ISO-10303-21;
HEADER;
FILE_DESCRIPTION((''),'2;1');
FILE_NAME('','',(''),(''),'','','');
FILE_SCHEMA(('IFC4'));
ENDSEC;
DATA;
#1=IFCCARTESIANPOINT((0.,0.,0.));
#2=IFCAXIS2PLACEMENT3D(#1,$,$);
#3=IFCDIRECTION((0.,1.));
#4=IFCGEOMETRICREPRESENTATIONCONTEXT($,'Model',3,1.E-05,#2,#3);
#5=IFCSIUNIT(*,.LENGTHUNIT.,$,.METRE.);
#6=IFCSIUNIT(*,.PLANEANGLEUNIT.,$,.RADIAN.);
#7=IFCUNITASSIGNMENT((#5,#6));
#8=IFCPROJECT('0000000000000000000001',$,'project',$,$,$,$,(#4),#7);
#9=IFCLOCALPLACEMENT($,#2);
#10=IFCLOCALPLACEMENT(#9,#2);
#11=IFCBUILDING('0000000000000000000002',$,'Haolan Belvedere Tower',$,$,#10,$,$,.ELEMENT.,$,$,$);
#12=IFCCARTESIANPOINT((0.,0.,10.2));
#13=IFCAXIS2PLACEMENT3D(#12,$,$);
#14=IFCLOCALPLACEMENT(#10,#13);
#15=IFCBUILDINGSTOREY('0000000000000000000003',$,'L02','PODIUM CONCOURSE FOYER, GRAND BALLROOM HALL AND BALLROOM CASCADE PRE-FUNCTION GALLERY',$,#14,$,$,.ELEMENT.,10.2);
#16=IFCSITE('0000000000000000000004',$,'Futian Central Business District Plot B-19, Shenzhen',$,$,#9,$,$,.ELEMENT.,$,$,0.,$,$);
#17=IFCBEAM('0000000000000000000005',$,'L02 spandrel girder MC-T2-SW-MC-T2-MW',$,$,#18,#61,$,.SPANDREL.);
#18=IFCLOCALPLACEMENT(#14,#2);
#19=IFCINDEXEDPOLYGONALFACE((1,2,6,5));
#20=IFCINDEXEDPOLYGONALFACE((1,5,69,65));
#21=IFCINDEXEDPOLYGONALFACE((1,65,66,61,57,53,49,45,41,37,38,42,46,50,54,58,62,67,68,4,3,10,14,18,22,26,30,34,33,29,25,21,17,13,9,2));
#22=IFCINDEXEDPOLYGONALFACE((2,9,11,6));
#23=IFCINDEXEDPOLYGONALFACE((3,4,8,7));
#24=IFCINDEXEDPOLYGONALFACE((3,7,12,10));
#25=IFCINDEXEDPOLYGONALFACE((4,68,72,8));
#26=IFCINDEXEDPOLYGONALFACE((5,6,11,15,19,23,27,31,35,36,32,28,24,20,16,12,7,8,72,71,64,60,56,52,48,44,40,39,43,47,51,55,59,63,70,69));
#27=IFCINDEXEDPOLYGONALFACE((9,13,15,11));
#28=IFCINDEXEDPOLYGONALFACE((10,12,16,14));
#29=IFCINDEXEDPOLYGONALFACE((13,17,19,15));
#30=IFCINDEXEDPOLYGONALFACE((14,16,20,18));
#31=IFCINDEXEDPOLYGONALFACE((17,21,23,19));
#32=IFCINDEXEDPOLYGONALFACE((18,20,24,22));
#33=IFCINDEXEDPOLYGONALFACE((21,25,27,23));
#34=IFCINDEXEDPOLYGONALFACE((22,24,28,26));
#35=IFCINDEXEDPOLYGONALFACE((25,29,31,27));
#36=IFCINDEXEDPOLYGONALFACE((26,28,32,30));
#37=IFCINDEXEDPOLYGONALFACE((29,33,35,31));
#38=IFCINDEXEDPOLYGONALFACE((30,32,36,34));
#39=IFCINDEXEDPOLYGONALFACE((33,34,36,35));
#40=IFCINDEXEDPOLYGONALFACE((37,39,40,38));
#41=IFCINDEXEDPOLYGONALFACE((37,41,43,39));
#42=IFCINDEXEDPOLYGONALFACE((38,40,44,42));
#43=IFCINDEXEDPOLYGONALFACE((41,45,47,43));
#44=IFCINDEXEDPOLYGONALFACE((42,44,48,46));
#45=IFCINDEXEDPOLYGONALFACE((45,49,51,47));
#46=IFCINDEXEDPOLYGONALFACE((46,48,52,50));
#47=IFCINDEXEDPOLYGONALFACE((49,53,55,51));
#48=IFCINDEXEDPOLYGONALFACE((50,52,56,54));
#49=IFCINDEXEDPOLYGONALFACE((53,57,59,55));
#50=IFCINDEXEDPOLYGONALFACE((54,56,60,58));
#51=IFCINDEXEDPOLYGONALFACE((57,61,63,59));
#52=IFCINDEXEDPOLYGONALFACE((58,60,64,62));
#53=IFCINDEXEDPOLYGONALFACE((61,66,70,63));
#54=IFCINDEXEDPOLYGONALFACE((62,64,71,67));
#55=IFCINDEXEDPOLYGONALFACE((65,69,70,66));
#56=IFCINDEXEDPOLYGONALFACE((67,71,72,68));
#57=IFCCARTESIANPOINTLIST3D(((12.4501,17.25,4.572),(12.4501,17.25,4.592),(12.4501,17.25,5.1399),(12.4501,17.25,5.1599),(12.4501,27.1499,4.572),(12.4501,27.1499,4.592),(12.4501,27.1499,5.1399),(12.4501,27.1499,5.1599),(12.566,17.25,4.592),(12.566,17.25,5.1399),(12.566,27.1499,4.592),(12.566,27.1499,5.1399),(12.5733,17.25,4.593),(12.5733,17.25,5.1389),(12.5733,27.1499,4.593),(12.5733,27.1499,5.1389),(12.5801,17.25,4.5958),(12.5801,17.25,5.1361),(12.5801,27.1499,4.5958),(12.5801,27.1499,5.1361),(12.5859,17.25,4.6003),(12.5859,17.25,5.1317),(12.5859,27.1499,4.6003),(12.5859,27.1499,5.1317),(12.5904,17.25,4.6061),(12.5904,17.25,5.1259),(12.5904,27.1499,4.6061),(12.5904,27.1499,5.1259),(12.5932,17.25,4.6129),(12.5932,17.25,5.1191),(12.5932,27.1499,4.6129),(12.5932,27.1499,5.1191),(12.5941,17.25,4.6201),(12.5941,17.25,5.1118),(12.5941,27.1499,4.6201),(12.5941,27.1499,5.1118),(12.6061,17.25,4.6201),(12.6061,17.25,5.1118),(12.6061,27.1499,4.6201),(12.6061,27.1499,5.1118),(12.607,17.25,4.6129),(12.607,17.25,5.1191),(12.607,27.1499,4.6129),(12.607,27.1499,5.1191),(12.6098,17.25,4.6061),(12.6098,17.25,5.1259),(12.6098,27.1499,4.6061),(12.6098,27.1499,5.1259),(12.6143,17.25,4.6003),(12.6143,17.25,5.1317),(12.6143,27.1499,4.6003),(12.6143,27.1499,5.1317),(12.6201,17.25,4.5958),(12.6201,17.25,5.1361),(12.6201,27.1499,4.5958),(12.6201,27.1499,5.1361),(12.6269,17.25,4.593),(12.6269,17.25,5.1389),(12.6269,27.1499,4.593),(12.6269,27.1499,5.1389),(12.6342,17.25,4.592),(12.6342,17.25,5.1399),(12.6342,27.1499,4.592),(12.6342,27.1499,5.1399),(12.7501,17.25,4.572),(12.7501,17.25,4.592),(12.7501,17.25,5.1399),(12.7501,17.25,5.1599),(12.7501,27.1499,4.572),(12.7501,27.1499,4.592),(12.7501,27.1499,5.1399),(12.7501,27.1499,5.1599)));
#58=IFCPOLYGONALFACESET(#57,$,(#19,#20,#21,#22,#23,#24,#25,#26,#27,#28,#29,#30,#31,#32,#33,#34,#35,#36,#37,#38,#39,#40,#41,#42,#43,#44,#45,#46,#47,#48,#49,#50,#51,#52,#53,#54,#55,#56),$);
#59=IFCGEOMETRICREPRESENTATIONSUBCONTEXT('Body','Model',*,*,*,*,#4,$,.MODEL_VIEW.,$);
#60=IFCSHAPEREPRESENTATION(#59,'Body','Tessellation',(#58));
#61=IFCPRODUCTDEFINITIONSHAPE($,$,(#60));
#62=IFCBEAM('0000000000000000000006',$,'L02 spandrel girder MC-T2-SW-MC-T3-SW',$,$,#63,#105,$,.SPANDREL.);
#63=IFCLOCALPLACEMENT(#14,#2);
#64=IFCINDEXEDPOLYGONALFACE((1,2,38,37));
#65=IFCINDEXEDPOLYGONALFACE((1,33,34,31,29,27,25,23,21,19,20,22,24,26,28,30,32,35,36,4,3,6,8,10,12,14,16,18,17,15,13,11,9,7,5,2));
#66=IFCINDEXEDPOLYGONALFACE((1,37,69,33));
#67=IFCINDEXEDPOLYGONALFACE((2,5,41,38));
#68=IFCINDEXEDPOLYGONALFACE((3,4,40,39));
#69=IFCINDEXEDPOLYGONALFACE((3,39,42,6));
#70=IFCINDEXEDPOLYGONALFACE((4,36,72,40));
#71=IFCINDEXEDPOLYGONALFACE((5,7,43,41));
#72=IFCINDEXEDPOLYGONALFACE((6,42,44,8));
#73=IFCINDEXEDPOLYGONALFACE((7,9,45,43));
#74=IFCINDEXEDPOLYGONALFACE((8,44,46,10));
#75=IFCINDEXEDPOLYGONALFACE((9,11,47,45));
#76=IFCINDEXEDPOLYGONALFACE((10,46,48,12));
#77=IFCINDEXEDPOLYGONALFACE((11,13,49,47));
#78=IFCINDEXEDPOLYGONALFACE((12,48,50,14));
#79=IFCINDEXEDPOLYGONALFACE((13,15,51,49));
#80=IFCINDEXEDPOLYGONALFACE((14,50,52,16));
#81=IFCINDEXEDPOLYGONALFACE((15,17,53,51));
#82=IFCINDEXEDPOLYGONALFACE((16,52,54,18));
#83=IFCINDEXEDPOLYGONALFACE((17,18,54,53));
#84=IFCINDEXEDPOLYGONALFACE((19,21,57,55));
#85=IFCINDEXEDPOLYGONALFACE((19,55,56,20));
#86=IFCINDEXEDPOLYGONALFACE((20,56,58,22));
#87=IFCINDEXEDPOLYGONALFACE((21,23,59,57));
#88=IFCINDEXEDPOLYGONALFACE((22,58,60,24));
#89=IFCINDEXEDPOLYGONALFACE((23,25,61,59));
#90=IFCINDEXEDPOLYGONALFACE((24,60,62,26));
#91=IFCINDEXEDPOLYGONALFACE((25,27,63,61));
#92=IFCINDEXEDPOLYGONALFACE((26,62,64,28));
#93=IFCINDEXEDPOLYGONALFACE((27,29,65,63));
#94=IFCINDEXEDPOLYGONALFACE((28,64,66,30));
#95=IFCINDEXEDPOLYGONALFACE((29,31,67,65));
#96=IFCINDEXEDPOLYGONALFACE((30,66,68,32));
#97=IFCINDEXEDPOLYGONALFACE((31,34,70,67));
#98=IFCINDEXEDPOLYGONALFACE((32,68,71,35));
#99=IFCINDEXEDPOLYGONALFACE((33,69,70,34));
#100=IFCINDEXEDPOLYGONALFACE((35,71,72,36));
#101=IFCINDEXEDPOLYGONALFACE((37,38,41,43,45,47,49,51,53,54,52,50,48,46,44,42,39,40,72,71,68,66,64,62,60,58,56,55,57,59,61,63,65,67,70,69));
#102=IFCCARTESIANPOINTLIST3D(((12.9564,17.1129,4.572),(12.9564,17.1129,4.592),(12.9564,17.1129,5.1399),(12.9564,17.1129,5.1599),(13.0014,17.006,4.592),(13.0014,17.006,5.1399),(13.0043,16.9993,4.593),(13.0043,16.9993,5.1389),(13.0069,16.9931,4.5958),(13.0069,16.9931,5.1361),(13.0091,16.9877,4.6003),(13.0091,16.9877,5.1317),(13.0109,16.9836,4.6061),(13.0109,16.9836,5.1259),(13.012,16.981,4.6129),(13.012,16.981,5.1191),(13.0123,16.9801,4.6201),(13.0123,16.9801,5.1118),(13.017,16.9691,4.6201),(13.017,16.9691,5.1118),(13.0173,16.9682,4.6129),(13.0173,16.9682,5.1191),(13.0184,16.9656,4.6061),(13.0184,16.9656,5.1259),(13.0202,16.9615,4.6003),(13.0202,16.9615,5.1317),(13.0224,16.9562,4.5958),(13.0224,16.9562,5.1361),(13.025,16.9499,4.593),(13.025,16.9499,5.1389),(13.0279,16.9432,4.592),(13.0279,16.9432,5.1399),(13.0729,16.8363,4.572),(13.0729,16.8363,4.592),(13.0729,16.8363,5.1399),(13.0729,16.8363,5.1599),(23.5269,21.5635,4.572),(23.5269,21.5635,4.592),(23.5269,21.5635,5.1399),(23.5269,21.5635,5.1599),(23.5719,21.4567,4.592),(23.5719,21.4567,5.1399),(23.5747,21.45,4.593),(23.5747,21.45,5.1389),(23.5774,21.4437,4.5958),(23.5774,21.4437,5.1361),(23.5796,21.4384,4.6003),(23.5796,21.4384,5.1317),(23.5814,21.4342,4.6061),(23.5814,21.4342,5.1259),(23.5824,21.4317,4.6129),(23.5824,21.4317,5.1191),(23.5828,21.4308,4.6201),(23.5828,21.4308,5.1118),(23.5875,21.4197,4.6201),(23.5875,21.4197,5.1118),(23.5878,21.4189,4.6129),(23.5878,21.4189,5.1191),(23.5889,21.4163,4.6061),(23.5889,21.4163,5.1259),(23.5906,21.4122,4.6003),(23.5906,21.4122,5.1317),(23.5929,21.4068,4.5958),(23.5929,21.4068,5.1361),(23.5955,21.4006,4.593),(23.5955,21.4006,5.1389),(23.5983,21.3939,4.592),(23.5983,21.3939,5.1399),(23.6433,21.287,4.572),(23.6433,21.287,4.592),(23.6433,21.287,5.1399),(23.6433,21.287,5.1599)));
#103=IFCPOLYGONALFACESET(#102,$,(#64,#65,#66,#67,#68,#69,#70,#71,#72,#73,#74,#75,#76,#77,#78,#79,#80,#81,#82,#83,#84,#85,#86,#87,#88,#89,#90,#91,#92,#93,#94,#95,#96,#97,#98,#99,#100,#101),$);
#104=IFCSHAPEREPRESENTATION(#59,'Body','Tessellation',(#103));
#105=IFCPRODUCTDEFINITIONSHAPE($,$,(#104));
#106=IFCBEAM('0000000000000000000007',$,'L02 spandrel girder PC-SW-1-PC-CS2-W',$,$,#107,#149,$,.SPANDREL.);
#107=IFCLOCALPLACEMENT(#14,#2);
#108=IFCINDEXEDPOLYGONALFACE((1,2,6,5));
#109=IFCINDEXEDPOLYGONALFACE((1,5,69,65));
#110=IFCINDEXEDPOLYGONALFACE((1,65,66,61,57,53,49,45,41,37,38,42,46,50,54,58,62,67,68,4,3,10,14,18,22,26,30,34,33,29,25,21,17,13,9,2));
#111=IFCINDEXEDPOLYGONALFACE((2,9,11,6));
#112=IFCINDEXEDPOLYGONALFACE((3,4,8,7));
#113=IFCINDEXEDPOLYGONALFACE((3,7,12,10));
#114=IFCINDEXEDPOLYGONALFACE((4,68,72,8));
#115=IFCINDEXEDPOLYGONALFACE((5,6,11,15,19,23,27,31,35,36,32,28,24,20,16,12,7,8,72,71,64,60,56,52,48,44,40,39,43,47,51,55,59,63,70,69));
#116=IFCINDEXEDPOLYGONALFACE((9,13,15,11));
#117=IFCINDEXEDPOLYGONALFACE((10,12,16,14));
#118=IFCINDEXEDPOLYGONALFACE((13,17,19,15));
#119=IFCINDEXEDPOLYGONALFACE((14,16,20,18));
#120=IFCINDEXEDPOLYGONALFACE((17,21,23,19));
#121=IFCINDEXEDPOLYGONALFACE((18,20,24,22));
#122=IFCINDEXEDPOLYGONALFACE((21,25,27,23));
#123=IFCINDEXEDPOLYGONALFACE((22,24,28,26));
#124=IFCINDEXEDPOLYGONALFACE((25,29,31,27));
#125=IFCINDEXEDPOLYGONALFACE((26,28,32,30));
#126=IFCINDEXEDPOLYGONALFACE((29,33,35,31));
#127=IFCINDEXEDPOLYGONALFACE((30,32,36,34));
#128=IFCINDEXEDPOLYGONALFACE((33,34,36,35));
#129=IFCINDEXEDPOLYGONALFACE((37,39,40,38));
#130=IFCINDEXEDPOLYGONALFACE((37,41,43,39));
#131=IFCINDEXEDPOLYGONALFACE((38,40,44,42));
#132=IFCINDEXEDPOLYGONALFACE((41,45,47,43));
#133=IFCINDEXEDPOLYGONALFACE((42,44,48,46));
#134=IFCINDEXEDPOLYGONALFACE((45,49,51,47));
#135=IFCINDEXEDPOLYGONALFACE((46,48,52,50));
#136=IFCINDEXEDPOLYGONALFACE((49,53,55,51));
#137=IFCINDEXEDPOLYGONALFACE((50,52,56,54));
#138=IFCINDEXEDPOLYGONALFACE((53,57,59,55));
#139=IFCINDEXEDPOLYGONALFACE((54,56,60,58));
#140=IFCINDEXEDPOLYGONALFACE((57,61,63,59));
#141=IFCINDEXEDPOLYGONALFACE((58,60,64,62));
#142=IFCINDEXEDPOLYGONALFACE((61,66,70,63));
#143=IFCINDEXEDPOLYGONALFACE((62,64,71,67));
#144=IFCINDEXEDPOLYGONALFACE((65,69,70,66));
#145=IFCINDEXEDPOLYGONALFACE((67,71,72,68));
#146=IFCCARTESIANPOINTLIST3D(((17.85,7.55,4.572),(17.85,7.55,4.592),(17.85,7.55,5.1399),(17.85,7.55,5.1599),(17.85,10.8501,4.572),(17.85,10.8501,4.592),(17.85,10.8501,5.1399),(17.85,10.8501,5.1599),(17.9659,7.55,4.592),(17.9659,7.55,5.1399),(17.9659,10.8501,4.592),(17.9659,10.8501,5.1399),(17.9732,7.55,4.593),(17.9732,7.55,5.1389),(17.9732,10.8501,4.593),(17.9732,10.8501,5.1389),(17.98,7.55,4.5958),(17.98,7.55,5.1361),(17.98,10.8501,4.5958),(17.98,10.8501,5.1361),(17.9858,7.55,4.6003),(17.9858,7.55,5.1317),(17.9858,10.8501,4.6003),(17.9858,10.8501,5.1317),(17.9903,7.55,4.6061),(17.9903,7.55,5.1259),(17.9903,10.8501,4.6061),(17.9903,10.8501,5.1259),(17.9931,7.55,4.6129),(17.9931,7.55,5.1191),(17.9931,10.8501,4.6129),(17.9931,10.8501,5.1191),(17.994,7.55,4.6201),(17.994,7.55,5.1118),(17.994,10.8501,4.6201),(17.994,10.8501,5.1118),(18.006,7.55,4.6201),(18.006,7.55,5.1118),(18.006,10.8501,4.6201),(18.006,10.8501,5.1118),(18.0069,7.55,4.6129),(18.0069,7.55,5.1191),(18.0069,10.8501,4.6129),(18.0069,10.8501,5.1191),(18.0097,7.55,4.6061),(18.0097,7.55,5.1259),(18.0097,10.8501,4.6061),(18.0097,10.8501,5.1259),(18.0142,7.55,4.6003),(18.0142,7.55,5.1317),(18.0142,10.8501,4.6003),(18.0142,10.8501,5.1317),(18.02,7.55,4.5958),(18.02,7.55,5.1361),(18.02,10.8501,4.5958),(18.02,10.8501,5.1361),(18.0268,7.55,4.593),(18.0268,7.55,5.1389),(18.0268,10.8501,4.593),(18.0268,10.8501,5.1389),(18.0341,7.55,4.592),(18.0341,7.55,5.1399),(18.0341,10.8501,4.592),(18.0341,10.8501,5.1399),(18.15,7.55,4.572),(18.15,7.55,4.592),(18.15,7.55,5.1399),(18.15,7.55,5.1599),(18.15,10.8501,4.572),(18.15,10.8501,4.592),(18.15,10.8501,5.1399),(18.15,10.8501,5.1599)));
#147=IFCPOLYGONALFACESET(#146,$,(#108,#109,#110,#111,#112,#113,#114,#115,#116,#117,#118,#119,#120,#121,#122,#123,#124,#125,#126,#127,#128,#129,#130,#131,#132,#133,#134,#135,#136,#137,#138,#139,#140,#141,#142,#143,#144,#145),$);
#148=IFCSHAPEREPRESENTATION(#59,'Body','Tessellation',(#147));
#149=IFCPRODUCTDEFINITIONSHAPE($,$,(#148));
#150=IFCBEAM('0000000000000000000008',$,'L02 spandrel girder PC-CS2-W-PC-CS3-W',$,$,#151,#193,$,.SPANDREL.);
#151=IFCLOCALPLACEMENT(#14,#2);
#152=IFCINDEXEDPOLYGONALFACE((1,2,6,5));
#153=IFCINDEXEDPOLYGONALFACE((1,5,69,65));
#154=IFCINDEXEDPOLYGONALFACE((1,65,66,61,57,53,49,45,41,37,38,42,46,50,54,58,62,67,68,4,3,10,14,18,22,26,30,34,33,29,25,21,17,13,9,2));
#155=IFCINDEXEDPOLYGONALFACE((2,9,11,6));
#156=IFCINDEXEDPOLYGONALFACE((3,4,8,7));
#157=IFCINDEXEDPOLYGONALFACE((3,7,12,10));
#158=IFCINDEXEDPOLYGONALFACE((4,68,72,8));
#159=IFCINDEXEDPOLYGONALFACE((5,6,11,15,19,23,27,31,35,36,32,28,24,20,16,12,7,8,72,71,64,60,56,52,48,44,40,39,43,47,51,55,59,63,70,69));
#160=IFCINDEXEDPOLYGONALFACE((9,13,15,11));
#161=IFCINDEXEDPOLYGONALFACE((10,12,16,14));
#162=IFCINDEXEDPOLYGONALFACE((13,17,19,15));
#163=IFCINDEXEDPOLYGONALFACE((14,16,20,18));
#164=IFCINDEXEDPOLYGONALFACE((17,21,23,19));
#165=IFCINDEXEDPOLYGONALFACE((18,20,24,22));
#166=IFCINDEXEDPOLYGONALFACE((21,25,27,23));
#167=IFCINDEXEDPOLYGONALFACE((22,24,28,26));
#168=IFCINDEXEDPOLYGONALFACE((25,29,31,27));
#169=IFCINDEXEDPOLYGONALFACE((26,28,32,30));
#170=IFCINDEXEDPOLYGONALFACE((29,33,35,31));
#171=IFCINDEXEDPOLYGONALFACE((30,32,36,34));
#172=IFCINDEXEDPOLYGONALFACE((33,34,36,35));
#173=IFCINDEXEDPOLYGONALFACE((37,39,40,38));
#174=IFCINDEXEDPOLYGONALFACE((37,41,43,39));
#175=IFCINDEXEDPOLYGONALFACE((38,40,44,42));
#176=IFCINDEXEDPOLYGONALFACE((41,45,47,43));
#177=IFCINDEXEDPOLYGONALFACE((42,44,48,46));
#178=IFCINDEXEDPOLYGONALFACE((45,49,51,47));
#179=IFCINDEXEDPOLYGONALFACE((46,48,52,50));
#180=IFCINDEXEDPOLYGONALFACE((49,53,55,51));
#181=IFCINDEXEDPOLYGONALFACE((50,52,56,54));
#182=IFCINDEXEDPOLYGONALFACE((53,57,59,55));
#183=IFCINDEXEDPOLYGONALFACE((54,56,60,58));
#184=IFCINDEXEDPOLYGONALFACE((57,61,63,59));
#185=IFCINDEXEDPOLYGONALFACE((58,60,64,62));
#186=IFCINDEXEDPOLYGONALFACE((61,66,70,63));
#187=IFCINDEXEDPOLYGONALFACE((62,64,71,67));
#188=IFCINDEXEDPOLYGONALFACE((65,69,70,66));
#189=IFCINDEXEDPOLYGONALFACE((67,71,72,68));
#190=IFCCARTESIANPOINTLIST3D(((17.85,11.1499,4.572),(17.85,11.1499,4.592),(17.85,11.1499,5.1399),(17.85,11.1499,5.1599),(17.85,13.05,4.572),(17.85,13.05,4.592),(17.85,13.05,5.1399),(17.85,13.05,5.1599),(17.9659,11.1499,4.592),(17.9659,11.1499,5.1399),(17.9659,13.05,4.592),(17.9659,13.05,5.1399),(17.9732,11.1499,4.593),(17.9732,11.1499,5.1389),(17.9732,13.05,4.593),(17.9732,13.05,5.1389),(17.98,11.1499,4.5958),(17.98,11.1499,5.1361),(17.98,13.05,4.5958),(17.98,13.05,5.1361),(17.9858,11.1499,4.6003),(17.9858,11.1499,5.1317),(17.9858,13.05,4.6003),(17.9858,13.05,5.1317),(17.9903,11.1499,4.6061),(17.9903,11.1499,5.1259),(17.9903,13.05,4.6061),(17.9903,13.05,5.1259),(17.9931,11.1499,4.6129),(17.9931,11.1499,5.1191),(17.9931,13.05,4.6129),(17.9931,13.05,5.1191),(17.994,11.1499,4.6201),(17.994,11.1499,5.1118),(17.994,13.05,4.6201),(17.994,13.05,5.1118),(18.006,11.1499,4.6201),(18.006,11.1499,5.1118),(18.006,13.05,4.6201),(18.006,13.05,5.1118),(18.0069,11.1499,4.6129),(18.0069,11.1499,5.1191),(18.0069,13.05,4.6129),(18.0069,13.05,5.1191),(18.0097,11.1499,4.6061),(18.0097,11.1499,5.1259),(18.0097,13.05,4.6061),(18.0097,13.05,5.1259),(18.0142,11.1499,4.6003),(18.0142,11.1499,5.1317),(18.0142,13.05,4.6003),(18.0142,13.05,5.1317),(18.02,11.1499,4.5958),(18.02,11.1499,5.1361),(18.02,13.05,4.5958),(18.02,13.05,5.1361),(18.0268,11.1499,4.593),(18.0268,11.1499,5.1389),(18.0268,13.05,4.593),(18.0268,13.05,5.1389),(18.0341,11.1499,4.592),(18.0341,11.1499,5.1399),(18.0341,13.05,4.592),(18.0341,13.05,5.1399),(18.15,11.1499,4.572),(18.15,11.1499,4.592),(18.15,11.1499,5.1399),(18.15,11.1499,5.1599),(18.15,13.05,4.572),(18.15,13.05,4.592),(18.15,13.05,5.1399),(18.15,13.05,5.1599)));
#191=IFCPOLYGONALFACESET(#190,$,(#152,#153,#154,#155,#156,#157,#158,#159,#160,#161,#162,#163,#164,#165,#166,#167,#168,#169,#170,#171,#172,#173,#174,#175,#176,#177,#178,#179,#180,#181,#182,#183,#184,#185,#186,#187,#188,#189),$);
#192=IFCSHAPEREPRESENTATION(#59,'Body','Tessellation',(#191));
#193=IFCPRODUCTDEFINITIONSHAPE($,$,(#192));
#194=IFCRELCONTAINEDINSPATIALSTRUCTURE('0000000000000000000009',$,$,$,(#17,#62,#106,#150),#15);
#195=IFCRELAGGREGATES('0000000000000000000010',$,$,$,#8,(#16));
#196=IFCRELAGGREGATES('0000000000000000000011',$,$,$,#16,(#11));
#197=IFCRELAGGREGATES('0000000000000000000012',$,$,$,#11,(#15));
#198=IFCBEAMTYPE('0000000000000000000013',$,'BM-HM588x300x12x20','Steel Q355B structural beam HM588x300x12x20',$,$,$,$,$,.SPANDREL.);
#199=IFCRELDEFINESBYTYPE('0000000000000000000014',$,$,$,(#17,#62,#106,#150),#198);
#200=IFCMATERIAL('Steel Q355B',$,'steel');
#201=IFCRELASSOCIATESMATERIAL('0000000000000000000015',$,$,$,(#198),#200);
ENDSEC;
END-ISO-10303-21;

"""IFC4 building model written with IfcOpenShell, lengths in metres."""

from ifc_helpers import new_model, si_unit, direction, frame, origin, origin_2d, place, context, subcontext, project, spatial, i_section, extrude, material, material_profile, profile_set, type_object, element, save


model = new_model("IFC4")

# Units and contexts
model_context = context("Model", 3, precision=1e-05, world=origin(), true_north=direction((0.0, 1.0)))
body_context = subcontext(model_context, "Body", "Model", "MODEL_VIEW")
ifc_project = project(units=[si_unit("LENGTHUNIT", "METRE"), si_unit("PLANEANGLEUNIT", "RADIAN")], contexts=[model_context])

# Site, building, storey
site_placement = place(None, origin())
site = spatial("IfcSite", under=ifc_project, at=site_placement, Name="Futian Central Business District Plot B-19, Shenzhen", CompositionType="ELEMENT", RefElevation=0.0)
building_placement = place(site_placement, origin())
building = spatial("IfcBuilding", under=site, at=building_placement, Name="Haolan Belvedere Tower", CompositionType="ELEMENT")
storey_placement = place(building_placement, frame((0.0, 0.0, 10.2)))
storey = spatial("IfcBuildingStorey", under=building, at=storey_placement, Name="L02", Description="PODIUM CONCOURSE FOYER, GRAND BALLROOM HALL AND BALLROOM CASCADE PRE-FUNCTION GALLERY", CompositionType="ELEMENT", Elevation=10.2)

# Shared definitions
ifc_material_1 = material(Name="Steel Q355B", Category="steel")

# Beams
ifc_material_profile_1 = material_profile(ifc_material_1, i_section(OverallWidth=0.3, OverallDepth=0.5879, WebThickness=0.012, FlangeThickness=0.02, FilletRadius=0.0281, at=origin_2d()), Name="Steel Q355B")
ifc_profile_set_1 = profile_set([ifc_material_profile_1], Name="Steel Q355B")
beam_type = type_object("IfcBeamType", Name="BM-HM588x300x12x20", Description="Steel Q355B structural beam HM588x300x12x20", PredefinedType="SPANDREL", material=ifc_profile_set_1)
beam_1_placement = place(storey_placement, frame((12.6001, 17.25, 4.866), z_axis=(0.0, 1.0, 0.0), x_axis=(-1.0, 0.0, 0.0)))
element("IfcBeam", 1, at=beam_1_placement, inside=storey, type_object=beam_type, Name="L02 spandrel girder MC-T2-SW-MC-T2-MW", PredefinedType="SPANDREL", context=body_context, shape_type="SweptSolid", body=[
    extrude(i_section(OverallWidth=0.3, OverallDepth=0.5879, WebThickness=0.012, FlangeThickness=0.02, FilletRadius=0.0281, at=origin_2d()), origin(), (0.0, 0.0, 1.0), 9.8999),
])
beam_2_placement = place(storey_placement, frame((13.0146, 16.9746, 4.866), z_axis=(0.921638, 0.388051, 0.0), x_axis=(-0.388051, 0.921638, 0.0)))
element("IfcBeam", 2, at=beam_2_placement, inside=storey, type_object=beam_type, Name="L02 spandrel girder MC-T2-SW-MC-T3-SW", PredefinedType="SPANDREL", context=body_context, shape_type="SweptSolid", body=[
    extrude(i_section(OverallWidth=0.3, OverallDepth=0.5879, WebThickness=0.012, FlangeThickness=0.02, FilletRadius=0.0281, at=origin_2d()), origin(), (0.0, 0.0, 1.0), 11.4692),
])
beam_3_placement = place(storey_placement, frame((18.0, 7.55, 4.866), z_axis=(0.0, 1.0, 0.0), x_axis=(-1.0, 0.0, 0.0)))
element("IfcBeam", 3, at=beam_3_placement, inside=storey, type_object=beam_type, Name="L02 spandrel girder PC-SW-1-PC-CS2-W", PredefinedType="SPANDREL", context=body_context, shape_type="SweptSolid", body=[
    extrude(i_section(OverallWidth=0.3, OverallDepth=0.5879, WebThickness=0.012, FlangeThickness=0.02, FilletRadius=0.0281, at=origin_2d()), origin(), (0.0, 0.0, 1.0), 3.3),
])
beam_4_placement = place(storey_placement, frame((18.0, 11.1499, 4.866), z_axis=(0.0, 1.0, 0.0), x_axis=(-1.0, 0.0, 0.0)))
element("IfcBeam", 4, at=beam_4_placement, inside=storey, type_object=beam_type, Name="L02 spandrel girder PC-CS2-W-PC-CS3-W", PredefinedType="SPANDREL", context=body_context, shape_type="SweptSolid", body=[
    extrude(i_section(OverallWidth=0.3, OverallDepth=0.5879, WebThickness=0.012, FlangeThickness=0.02, FilletRadius=0.0281, at=origin_2d()), origin(), (0.0, 0.0, 1.0), 1.9001),
])

save(model, "model.ifc")
